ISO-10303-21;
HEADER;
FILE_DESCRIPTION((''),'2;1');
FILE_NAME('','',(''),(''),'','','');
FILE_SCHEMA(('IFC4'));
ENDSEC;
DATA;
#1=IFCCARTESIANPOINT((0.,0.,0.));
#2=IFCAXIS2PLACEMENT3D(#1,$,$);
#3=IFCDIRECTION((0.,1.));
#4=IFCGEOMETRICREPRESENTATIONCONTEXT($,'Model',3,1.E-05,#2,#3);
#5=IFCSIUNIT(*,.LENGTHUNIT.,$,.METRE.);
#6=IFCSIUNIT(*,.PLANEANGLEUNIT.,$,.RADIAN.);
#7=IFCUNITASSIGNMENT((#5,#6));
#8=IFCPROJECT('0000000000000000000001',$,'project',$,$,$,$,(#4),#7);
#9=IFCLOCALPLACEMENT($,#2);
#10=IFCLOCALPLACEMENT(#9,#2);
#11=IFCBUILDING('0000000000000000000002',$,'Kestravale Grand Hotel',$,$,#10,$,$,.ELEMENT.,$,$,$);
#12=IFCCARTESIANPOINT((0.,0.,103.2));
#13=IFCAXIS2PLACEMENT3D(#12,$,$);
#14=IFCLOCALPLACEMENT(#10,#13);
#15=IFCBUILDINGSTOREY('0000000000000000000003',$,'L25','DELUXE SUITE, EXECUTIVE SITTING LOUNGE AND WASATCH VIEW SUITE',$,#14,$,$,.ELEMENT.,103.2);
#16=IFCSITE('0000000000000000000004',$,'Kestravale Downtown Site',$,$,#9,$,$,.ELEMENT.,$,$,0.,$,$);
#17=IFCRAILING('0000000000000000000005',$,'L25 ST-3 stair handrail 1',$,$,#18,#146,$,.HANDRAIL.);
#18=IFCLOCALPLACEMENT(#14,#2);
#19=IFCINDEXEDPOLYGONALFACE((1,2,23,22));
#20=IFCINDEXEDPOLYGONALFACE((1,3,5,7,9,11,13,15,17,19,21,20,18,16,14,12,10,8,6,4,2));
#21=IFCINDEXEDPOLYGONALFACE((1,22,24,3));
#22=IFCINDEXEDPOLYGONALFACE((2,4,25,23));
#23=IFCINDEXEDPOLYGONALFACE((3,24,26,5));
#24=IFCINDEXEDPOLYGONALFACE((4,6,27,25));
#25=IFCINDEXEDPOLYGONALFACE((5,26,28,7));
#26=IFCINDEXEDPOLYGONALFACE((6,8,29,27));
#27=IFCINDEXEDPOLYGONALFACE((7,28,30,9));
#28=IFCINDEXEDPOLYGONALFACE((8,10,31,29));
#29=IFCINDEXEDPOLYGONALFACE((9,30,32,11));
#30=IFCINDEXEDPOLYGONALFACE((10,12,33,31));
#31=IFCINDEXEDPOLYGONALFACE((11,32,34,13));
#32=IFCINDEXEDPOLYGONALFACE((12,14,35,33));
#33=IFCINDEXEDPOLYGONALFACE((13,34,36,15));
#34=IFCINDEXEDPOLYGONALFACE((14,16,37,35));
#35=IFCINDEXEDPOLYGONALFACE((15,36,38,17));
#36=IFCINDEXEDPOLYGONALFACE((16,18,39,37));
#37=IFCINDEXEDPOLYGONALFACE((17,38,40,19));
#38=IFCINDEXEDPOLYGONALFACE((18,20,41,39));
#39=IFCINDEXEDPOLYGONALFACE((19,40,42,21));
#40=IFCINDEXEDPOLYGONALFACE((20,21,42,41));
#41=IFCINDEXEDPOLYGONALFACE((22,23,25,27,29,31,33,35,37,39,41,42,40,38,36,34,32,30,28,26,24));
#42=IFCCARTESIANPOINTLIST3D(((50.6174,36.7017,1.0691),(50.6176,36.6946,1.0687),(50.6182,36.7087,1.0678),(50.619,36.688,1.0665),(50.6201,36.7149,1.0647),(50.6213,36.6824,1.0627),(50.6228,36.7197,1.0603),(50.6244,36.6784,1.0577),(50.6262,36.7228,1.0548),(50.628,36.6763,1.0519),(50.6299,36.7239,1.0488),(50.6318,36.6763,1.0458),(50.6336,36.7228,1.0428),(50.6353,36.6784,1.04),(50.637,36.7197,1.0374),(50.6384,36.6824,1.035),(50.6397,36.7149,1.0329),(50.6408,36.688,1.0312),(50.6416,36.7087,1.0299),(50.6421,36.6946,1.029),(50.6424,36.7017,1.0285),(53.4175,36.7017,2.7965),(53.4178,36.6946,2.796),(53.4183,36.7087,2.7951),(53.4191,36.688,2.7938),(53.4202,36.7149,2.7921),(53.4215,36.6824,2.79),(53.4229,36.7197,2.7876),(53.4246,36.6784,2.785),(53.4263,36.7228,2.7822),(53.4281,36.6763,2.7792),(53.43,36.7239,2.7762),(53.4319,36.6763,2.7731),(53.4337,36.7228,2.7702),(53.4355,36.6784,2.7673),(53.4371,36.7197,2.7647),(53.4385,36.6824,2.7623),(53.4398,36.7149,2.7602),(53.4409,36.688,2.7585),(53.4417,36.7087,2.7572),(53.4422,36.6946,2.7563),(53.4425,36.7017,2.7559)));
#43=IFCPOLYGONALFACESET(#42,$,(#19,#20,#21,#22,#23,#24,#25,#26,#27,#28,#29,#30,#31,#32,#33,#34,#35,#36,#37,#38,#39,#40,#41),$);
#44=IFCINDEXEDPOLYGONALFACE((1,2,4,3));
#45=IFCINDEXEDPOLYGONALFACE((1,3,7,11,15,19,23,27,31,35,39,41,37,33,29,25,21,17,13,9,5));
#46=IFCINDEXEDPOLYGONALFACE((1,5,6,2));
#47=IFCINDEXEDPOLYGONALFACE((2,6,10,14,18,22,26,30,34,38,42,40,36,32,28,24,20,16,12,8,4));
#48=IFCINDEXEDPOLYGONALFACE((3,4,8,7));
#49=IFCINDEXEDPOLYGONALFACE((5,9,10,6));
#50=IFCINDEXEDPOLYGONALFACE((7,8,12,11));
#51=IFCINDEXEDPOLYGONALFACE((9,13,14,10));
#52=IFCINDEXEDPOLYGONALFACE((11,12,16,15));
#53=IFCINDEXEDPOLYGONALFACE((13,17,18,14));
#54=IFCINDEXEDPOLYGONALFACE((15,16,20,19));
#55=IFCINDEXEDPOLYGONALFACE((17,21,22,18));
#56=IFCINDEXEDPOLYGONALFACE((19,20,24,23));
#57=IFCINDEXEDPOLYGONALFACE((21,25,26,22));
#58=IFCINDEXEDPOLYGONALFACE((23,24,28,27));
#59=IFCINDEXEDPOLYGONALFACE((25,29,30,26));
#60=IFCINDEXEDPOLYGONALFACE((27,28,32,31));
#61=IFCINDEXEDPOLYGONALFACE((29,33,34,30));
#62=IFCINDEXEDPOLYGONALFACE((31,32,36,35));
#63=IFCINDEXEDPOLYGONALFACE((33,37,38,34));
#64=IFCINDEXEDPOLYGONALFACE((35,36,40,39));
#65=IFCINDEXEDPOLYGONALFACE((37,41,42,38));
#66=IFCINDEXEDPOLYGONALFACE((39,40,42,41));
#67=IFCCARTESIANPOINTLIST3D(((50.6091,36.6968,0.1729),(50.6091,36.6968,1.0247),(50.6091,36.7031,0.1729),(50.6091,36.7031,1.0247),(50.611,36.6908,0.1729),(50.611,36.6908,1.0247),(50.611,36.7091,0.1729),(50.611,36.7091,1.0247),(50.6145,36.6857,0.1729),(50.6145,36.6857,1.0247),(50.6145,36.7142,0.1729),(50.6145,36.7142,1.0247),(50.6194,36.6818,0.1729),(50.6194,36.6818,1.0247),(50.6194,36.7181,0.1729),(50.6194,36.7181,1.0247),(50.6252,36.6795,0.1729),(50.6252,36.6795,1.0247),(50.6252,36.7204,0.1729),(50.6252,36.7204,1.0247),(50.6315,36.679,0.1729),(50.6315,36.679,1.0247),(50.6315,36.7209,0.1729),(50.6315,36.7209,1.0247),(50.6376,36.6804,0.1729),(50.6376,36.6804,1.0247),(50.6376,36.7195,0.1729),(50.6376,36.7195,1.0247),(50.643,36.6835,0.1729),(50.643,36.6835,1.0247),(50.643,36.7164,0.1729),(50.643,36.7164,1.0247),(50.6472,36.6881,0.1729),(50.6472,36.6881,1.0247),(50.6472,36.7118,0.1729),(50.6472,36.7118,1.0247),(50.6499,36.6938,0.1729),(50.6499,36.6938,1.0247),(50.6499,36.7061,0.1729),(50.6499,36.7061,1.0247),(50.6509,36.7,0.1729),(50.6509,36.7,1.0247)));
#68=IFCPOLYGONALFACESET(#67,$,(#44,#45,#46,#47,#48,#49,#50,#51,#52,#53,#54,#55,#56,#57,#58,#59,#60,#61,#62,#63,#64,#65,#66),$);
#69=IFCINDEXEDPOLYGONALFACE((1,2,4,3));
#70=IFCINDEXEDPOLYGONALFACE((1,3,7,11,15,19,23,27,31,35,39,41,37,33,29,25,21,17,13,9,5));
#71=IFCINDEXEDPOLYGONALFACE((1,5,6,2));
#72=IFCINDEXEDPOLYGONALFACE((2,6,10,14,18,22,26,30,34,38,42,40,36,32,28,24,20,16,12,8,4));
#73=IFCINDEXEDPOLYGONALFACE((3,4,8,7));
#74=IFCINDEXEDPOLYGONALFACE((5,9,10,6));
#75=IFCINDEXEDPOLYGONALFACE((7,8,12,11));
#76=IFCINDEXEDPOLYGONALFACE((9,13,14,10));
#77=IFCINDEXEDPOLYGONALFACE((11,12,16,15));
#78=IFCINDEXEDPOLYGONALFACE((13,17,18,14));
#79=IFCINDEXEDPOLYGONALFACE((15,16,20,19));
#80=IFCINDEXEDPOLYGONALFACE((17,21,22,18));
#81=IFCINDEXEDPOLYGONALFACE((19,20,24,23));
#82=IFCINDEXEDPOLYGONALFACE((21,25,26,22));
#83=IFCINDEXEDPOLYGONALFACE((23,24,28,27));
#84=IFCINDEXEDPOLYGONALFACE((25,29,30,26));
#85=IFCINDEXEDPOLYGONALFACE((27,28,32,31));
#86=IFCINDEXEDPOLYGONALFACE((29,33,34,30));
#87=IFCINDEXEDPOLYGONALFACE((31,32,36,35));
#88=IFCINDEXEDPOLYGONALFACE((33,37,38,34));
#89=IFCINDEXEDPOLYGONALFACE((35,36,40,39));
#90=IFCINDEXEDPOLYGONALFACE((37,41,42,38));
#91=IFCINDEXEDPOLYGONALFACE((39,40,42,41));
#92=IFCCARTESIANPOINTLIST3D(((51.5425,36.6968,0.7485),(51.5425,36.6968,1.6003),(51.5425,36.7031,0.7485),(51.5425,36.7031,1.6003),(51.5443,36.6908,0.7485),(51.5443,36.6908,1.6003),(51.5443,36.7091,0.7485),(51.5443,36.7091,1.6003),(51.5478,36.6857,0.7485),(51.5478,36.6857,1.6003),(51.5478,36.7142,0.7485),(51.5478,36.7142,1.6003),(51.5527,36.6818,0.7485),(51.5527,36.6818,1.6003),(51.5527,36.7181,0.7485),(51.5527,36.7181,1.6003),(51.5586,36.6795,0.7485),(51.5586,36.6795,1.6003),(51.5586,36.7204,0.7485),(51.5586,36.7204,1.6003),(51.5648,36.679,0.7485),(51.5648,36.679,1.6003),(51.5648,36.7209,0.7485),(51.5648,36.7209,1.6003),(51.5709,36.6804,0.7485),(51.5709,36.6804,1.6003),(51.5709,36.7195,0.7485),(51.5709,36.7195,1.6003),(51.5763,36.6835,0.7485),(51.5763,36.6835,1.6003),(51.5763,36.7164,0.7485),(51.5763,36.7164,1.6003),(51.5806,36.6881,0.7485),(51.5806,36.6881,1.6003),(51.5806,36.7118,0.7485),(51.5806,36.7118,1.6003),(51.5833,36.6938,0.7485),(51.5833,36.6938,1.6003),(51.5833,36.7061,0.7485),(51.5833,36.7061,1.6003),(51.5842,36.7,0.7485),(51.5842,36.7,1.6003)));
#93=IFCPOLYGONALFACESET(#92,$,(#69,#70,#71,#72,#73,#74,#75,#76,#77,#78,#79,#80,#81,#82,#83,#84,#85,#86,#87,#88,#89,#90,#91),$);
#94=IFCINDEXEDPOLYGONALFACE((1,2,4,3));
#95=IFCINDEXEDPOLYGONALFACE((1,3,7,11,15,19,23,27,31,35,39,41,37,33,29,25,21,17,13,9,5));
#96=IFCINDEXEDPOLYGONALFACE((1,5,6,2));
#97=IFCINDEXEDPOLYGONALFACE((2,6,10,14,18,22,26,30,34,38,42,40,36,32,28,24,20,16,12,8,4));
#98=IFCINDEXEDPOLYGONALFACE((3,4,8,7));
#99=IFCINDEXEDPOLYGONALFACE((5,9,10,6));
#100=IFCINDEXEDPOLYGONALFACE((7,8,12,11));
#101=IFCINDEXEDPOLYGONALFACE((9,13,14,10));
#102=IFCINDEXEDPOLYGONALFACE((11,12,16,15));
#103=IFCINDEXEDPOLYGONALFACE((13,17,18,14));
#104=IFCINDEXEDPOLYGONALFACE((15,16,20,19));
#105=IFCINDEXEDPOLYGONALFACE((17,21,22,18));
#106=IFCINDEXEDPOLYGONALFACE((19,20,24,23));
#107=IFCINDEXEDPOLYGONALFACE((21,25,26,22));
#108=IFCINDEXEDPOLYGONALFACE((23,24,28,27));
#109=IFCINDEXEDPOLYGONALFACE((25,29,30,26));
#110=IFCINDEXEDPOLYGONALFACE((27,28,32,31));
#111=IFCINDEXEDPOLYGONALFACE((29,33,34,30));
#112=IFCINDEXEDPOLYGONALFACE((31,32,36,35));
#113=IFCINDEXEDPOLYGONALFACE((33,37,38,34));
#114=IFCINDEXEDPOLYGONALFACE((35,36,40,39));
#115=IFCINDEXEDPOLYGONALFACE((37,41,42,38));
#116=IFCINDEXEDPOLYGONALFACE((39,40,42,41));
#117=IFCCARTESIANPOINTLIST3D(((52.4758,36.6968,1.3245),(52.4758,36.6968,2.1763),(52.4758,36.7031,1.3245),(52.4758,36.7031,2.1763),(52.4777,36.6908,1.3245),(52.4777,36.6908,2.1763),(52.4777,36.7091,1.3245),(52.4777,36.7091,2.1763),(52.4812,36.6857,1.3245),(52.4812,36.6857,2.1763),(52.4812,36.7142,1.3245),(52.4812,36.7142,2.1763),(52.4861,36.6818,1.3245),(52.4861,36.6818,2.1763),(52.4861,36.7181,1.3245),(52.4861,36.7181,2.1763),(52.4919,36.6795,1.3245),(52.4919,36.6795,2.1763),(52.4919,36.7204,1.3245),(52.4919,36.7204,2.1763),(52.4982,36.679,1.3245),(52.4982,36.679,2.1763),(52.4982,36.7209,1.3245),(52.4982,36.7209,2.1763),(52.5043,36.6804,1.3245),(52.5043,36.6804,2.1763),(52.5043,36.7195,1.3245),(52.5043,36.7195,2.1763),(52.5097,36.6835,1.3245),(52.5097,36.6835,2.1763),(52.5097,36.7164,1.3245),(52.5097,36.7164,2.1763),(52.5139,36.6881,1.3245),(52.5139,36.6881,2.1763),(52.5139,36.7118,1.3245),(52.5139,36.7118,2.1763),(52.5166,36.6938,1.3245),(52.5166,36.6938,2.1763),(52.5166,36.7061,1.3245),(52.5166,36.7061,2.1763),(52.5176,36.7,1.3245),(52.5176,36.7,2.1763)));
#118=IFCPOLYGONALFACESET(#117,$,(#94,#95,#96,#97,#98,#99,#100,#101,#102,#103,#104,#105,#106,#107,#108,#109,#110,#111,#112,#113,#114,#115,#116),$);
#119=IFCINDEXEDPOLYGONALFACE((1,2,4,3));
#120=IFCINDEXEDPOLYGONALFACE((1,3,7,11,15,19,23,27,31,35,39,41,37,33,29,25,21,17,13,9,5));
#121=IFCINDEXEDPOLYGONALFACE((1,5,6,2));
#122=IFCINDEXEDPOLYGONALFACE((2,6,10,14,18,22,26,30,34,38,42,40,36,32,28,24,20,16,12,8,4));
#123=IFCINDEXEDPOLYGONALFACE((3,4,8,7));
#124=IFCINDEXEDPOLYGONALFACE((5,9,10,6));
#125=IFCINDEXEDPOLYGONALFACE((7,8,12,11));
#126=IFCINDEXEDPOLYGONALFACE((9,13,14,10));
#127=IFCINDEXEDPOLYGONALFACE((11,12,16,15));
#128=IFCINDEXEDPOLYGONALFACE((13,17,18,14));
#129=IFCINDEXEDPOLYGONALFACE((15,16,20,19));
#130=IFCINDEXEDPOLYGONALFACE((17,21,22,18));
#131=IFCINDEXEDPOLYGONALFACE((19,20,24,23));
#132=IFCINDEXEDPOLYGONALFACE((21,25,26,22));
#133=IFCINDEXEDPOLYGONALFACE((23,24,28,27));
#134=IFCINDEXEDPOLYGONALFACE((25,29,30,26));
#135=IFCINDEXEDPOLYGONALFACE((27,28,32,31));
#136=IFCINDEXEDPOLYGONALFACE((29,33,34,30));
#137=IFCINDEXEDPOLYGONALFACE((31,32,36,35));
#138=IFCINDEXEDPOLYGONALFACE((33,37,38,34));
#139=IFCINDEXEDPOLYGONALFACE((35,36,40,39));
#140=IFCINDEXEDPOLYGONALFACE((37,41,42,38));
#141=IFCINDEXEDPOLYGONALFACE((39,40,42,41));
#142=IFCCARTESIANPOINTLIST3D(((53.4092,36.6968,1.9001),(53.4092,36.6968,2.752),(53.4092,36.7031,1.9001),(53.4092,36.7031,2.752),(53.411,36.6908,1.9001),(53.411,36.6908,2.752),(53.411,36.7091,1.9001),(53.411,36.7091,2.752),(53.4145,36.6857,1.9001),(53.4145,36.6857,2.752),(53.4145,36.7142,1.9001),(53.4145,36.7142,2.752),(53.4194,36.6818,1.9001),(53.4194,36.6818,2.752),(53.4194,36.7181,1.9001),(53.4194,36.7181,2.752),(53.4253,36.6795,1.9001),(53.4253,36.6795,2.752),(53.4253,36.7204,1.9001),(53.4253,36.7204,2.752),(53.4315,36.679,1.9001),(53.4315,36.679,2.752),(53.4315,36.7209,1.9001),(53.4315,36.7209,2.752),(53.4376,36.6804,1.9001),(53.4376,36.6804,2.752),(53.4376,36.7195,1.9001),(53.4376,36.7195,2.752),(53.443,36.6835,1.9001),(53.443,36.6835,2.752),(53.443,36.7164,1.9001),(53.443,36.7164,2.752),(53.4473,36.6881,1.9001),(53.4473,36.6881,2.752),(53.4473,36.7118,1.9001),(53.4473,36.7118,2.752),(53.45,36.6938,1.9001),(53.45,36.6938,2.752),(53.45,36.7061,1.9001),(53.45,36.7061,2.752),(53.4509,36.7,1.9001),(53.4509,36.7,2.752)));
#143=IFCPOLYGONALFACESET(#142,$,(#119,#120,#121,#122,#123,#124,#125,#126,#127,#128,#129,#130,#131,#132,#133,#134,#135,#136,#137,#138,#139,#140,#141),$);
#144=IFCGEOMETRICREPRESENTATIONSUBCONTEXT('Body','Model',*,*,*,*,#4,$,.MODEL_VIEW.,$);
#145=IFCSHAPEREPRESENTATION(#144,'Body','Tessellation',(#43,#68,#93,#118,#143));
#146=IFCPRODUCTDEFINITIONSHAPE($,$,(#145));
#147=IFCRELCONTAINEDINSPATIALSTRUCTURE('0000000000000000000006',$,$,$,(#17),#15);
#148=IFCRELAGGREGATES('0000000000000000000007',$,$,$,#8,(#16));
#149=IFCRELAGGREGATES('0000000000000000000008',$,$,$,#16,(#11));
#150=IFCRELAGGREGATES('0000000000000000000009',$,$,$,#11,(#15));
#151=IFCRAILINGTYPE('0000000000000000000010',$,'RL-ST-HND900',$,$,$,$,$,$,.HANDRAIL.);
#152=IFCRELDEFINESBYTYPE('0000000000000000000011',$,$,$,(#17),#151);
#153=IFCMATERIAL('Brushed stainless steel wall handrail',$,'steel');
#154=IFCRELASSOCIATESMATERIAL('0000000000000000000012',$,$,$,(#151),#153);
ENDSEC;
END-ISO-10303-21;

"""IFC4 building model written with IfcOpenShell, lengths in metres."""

from ifc_helpers import new_model, si_unit, direction, frame, origin, origin_2d, place, context, subcontext, project, spatial, circle, extrude, material, type_object, element, save


model = new_model("IFC4")

# Units and contexts
model_context = context("Model", 3, precision=1e-05, world=origin(), true_north=direction((0.0, 1.0)))
body_context = subcontext(model_context, "Body", "Model", "MODEL_VIEW")
ifc_project = project(units=[si_unit("LENGTHUNIT", "METRE"), si_unit("PLANEANGLEUNIT", "RADIAN")], contexts=[model_context])

# Site, building, storey
site_placement = place(None, origin())
site = spatial("IfcSite", under=ifc_project, at=site_placement, Name="Kestravale Downtown Site", CompositionType="ELEMENT", RefElevation=0.0)
building_placement = place(site_placement, origin())
building = spatial("IfcBuilding", under=site, at=building_placement, Name="Kestravale Grand Hotel", CompositionType="ELEMENT")
storey_placement = place(building_placement, frame((0.0, 0.0, 103.2)))
storey = spatial("IfcBuildingStorey", under=building, at=storey_placement, Name="L25", Description="DELUXE SUITE, EXECUTIVE SITTING LOUNGE AND WASATCH VIEW SUITE", CompositionType="ELEMENT", Elevation=103.2)

# Railing
ifc_material_1 = material(Name="Brushed stainless steel wall handrail", Category="steel")
railing_type_1 = type_object("IfcRailingType", Name="RL-ST-HND900", PredefinedType="HANDRAIL", material=ifc_material_1)
railing_1_placement = place(storey_placement, frame((50.6299, 36.7, 0.1729)))
element("IfcRailing", 1, at=railing_1_placement, inside=storey, type_object=railing_type_1, Name="L25 ST-3 stair handrail 1", PredefinedType="HANDRAIL", context=body_context, shape_type="SweptSolid", body=[
    extrude(circle(Radius=0.0239, at=origin_2d()), frame((0.0, 0.0, 0.876), z_axis=(0.85109, 0.0, 0.52502), x_axis=(0.0, 1.0, 0.0)), (0.0, 0.0, 1.0), 3.29),
    extrude(circle(Radius=0.021, at=origin_2d()), origin(), (0.0, 0.0, 1.0), 0.8518),
    extrude(circle(Radius=0.021, at=origin_2d()), frame((0.9333, 0.0, 0.5757)), (0.0, 0.0, 1.0), 0.8518),
    extrude(circle(Radius=0.021, at=origin_2d()), frame((1.8667, 0.0, 1.1516)), (0.0, 0.0, 1.0), 0.8518),
    extrude(circle(Radius=0.021, at=origin_2d()), frame((2.8, 0.0, 1.7273)), (0.0, 0.0, 1.0), 0.8518),
])

save(model, "model.ifc")
